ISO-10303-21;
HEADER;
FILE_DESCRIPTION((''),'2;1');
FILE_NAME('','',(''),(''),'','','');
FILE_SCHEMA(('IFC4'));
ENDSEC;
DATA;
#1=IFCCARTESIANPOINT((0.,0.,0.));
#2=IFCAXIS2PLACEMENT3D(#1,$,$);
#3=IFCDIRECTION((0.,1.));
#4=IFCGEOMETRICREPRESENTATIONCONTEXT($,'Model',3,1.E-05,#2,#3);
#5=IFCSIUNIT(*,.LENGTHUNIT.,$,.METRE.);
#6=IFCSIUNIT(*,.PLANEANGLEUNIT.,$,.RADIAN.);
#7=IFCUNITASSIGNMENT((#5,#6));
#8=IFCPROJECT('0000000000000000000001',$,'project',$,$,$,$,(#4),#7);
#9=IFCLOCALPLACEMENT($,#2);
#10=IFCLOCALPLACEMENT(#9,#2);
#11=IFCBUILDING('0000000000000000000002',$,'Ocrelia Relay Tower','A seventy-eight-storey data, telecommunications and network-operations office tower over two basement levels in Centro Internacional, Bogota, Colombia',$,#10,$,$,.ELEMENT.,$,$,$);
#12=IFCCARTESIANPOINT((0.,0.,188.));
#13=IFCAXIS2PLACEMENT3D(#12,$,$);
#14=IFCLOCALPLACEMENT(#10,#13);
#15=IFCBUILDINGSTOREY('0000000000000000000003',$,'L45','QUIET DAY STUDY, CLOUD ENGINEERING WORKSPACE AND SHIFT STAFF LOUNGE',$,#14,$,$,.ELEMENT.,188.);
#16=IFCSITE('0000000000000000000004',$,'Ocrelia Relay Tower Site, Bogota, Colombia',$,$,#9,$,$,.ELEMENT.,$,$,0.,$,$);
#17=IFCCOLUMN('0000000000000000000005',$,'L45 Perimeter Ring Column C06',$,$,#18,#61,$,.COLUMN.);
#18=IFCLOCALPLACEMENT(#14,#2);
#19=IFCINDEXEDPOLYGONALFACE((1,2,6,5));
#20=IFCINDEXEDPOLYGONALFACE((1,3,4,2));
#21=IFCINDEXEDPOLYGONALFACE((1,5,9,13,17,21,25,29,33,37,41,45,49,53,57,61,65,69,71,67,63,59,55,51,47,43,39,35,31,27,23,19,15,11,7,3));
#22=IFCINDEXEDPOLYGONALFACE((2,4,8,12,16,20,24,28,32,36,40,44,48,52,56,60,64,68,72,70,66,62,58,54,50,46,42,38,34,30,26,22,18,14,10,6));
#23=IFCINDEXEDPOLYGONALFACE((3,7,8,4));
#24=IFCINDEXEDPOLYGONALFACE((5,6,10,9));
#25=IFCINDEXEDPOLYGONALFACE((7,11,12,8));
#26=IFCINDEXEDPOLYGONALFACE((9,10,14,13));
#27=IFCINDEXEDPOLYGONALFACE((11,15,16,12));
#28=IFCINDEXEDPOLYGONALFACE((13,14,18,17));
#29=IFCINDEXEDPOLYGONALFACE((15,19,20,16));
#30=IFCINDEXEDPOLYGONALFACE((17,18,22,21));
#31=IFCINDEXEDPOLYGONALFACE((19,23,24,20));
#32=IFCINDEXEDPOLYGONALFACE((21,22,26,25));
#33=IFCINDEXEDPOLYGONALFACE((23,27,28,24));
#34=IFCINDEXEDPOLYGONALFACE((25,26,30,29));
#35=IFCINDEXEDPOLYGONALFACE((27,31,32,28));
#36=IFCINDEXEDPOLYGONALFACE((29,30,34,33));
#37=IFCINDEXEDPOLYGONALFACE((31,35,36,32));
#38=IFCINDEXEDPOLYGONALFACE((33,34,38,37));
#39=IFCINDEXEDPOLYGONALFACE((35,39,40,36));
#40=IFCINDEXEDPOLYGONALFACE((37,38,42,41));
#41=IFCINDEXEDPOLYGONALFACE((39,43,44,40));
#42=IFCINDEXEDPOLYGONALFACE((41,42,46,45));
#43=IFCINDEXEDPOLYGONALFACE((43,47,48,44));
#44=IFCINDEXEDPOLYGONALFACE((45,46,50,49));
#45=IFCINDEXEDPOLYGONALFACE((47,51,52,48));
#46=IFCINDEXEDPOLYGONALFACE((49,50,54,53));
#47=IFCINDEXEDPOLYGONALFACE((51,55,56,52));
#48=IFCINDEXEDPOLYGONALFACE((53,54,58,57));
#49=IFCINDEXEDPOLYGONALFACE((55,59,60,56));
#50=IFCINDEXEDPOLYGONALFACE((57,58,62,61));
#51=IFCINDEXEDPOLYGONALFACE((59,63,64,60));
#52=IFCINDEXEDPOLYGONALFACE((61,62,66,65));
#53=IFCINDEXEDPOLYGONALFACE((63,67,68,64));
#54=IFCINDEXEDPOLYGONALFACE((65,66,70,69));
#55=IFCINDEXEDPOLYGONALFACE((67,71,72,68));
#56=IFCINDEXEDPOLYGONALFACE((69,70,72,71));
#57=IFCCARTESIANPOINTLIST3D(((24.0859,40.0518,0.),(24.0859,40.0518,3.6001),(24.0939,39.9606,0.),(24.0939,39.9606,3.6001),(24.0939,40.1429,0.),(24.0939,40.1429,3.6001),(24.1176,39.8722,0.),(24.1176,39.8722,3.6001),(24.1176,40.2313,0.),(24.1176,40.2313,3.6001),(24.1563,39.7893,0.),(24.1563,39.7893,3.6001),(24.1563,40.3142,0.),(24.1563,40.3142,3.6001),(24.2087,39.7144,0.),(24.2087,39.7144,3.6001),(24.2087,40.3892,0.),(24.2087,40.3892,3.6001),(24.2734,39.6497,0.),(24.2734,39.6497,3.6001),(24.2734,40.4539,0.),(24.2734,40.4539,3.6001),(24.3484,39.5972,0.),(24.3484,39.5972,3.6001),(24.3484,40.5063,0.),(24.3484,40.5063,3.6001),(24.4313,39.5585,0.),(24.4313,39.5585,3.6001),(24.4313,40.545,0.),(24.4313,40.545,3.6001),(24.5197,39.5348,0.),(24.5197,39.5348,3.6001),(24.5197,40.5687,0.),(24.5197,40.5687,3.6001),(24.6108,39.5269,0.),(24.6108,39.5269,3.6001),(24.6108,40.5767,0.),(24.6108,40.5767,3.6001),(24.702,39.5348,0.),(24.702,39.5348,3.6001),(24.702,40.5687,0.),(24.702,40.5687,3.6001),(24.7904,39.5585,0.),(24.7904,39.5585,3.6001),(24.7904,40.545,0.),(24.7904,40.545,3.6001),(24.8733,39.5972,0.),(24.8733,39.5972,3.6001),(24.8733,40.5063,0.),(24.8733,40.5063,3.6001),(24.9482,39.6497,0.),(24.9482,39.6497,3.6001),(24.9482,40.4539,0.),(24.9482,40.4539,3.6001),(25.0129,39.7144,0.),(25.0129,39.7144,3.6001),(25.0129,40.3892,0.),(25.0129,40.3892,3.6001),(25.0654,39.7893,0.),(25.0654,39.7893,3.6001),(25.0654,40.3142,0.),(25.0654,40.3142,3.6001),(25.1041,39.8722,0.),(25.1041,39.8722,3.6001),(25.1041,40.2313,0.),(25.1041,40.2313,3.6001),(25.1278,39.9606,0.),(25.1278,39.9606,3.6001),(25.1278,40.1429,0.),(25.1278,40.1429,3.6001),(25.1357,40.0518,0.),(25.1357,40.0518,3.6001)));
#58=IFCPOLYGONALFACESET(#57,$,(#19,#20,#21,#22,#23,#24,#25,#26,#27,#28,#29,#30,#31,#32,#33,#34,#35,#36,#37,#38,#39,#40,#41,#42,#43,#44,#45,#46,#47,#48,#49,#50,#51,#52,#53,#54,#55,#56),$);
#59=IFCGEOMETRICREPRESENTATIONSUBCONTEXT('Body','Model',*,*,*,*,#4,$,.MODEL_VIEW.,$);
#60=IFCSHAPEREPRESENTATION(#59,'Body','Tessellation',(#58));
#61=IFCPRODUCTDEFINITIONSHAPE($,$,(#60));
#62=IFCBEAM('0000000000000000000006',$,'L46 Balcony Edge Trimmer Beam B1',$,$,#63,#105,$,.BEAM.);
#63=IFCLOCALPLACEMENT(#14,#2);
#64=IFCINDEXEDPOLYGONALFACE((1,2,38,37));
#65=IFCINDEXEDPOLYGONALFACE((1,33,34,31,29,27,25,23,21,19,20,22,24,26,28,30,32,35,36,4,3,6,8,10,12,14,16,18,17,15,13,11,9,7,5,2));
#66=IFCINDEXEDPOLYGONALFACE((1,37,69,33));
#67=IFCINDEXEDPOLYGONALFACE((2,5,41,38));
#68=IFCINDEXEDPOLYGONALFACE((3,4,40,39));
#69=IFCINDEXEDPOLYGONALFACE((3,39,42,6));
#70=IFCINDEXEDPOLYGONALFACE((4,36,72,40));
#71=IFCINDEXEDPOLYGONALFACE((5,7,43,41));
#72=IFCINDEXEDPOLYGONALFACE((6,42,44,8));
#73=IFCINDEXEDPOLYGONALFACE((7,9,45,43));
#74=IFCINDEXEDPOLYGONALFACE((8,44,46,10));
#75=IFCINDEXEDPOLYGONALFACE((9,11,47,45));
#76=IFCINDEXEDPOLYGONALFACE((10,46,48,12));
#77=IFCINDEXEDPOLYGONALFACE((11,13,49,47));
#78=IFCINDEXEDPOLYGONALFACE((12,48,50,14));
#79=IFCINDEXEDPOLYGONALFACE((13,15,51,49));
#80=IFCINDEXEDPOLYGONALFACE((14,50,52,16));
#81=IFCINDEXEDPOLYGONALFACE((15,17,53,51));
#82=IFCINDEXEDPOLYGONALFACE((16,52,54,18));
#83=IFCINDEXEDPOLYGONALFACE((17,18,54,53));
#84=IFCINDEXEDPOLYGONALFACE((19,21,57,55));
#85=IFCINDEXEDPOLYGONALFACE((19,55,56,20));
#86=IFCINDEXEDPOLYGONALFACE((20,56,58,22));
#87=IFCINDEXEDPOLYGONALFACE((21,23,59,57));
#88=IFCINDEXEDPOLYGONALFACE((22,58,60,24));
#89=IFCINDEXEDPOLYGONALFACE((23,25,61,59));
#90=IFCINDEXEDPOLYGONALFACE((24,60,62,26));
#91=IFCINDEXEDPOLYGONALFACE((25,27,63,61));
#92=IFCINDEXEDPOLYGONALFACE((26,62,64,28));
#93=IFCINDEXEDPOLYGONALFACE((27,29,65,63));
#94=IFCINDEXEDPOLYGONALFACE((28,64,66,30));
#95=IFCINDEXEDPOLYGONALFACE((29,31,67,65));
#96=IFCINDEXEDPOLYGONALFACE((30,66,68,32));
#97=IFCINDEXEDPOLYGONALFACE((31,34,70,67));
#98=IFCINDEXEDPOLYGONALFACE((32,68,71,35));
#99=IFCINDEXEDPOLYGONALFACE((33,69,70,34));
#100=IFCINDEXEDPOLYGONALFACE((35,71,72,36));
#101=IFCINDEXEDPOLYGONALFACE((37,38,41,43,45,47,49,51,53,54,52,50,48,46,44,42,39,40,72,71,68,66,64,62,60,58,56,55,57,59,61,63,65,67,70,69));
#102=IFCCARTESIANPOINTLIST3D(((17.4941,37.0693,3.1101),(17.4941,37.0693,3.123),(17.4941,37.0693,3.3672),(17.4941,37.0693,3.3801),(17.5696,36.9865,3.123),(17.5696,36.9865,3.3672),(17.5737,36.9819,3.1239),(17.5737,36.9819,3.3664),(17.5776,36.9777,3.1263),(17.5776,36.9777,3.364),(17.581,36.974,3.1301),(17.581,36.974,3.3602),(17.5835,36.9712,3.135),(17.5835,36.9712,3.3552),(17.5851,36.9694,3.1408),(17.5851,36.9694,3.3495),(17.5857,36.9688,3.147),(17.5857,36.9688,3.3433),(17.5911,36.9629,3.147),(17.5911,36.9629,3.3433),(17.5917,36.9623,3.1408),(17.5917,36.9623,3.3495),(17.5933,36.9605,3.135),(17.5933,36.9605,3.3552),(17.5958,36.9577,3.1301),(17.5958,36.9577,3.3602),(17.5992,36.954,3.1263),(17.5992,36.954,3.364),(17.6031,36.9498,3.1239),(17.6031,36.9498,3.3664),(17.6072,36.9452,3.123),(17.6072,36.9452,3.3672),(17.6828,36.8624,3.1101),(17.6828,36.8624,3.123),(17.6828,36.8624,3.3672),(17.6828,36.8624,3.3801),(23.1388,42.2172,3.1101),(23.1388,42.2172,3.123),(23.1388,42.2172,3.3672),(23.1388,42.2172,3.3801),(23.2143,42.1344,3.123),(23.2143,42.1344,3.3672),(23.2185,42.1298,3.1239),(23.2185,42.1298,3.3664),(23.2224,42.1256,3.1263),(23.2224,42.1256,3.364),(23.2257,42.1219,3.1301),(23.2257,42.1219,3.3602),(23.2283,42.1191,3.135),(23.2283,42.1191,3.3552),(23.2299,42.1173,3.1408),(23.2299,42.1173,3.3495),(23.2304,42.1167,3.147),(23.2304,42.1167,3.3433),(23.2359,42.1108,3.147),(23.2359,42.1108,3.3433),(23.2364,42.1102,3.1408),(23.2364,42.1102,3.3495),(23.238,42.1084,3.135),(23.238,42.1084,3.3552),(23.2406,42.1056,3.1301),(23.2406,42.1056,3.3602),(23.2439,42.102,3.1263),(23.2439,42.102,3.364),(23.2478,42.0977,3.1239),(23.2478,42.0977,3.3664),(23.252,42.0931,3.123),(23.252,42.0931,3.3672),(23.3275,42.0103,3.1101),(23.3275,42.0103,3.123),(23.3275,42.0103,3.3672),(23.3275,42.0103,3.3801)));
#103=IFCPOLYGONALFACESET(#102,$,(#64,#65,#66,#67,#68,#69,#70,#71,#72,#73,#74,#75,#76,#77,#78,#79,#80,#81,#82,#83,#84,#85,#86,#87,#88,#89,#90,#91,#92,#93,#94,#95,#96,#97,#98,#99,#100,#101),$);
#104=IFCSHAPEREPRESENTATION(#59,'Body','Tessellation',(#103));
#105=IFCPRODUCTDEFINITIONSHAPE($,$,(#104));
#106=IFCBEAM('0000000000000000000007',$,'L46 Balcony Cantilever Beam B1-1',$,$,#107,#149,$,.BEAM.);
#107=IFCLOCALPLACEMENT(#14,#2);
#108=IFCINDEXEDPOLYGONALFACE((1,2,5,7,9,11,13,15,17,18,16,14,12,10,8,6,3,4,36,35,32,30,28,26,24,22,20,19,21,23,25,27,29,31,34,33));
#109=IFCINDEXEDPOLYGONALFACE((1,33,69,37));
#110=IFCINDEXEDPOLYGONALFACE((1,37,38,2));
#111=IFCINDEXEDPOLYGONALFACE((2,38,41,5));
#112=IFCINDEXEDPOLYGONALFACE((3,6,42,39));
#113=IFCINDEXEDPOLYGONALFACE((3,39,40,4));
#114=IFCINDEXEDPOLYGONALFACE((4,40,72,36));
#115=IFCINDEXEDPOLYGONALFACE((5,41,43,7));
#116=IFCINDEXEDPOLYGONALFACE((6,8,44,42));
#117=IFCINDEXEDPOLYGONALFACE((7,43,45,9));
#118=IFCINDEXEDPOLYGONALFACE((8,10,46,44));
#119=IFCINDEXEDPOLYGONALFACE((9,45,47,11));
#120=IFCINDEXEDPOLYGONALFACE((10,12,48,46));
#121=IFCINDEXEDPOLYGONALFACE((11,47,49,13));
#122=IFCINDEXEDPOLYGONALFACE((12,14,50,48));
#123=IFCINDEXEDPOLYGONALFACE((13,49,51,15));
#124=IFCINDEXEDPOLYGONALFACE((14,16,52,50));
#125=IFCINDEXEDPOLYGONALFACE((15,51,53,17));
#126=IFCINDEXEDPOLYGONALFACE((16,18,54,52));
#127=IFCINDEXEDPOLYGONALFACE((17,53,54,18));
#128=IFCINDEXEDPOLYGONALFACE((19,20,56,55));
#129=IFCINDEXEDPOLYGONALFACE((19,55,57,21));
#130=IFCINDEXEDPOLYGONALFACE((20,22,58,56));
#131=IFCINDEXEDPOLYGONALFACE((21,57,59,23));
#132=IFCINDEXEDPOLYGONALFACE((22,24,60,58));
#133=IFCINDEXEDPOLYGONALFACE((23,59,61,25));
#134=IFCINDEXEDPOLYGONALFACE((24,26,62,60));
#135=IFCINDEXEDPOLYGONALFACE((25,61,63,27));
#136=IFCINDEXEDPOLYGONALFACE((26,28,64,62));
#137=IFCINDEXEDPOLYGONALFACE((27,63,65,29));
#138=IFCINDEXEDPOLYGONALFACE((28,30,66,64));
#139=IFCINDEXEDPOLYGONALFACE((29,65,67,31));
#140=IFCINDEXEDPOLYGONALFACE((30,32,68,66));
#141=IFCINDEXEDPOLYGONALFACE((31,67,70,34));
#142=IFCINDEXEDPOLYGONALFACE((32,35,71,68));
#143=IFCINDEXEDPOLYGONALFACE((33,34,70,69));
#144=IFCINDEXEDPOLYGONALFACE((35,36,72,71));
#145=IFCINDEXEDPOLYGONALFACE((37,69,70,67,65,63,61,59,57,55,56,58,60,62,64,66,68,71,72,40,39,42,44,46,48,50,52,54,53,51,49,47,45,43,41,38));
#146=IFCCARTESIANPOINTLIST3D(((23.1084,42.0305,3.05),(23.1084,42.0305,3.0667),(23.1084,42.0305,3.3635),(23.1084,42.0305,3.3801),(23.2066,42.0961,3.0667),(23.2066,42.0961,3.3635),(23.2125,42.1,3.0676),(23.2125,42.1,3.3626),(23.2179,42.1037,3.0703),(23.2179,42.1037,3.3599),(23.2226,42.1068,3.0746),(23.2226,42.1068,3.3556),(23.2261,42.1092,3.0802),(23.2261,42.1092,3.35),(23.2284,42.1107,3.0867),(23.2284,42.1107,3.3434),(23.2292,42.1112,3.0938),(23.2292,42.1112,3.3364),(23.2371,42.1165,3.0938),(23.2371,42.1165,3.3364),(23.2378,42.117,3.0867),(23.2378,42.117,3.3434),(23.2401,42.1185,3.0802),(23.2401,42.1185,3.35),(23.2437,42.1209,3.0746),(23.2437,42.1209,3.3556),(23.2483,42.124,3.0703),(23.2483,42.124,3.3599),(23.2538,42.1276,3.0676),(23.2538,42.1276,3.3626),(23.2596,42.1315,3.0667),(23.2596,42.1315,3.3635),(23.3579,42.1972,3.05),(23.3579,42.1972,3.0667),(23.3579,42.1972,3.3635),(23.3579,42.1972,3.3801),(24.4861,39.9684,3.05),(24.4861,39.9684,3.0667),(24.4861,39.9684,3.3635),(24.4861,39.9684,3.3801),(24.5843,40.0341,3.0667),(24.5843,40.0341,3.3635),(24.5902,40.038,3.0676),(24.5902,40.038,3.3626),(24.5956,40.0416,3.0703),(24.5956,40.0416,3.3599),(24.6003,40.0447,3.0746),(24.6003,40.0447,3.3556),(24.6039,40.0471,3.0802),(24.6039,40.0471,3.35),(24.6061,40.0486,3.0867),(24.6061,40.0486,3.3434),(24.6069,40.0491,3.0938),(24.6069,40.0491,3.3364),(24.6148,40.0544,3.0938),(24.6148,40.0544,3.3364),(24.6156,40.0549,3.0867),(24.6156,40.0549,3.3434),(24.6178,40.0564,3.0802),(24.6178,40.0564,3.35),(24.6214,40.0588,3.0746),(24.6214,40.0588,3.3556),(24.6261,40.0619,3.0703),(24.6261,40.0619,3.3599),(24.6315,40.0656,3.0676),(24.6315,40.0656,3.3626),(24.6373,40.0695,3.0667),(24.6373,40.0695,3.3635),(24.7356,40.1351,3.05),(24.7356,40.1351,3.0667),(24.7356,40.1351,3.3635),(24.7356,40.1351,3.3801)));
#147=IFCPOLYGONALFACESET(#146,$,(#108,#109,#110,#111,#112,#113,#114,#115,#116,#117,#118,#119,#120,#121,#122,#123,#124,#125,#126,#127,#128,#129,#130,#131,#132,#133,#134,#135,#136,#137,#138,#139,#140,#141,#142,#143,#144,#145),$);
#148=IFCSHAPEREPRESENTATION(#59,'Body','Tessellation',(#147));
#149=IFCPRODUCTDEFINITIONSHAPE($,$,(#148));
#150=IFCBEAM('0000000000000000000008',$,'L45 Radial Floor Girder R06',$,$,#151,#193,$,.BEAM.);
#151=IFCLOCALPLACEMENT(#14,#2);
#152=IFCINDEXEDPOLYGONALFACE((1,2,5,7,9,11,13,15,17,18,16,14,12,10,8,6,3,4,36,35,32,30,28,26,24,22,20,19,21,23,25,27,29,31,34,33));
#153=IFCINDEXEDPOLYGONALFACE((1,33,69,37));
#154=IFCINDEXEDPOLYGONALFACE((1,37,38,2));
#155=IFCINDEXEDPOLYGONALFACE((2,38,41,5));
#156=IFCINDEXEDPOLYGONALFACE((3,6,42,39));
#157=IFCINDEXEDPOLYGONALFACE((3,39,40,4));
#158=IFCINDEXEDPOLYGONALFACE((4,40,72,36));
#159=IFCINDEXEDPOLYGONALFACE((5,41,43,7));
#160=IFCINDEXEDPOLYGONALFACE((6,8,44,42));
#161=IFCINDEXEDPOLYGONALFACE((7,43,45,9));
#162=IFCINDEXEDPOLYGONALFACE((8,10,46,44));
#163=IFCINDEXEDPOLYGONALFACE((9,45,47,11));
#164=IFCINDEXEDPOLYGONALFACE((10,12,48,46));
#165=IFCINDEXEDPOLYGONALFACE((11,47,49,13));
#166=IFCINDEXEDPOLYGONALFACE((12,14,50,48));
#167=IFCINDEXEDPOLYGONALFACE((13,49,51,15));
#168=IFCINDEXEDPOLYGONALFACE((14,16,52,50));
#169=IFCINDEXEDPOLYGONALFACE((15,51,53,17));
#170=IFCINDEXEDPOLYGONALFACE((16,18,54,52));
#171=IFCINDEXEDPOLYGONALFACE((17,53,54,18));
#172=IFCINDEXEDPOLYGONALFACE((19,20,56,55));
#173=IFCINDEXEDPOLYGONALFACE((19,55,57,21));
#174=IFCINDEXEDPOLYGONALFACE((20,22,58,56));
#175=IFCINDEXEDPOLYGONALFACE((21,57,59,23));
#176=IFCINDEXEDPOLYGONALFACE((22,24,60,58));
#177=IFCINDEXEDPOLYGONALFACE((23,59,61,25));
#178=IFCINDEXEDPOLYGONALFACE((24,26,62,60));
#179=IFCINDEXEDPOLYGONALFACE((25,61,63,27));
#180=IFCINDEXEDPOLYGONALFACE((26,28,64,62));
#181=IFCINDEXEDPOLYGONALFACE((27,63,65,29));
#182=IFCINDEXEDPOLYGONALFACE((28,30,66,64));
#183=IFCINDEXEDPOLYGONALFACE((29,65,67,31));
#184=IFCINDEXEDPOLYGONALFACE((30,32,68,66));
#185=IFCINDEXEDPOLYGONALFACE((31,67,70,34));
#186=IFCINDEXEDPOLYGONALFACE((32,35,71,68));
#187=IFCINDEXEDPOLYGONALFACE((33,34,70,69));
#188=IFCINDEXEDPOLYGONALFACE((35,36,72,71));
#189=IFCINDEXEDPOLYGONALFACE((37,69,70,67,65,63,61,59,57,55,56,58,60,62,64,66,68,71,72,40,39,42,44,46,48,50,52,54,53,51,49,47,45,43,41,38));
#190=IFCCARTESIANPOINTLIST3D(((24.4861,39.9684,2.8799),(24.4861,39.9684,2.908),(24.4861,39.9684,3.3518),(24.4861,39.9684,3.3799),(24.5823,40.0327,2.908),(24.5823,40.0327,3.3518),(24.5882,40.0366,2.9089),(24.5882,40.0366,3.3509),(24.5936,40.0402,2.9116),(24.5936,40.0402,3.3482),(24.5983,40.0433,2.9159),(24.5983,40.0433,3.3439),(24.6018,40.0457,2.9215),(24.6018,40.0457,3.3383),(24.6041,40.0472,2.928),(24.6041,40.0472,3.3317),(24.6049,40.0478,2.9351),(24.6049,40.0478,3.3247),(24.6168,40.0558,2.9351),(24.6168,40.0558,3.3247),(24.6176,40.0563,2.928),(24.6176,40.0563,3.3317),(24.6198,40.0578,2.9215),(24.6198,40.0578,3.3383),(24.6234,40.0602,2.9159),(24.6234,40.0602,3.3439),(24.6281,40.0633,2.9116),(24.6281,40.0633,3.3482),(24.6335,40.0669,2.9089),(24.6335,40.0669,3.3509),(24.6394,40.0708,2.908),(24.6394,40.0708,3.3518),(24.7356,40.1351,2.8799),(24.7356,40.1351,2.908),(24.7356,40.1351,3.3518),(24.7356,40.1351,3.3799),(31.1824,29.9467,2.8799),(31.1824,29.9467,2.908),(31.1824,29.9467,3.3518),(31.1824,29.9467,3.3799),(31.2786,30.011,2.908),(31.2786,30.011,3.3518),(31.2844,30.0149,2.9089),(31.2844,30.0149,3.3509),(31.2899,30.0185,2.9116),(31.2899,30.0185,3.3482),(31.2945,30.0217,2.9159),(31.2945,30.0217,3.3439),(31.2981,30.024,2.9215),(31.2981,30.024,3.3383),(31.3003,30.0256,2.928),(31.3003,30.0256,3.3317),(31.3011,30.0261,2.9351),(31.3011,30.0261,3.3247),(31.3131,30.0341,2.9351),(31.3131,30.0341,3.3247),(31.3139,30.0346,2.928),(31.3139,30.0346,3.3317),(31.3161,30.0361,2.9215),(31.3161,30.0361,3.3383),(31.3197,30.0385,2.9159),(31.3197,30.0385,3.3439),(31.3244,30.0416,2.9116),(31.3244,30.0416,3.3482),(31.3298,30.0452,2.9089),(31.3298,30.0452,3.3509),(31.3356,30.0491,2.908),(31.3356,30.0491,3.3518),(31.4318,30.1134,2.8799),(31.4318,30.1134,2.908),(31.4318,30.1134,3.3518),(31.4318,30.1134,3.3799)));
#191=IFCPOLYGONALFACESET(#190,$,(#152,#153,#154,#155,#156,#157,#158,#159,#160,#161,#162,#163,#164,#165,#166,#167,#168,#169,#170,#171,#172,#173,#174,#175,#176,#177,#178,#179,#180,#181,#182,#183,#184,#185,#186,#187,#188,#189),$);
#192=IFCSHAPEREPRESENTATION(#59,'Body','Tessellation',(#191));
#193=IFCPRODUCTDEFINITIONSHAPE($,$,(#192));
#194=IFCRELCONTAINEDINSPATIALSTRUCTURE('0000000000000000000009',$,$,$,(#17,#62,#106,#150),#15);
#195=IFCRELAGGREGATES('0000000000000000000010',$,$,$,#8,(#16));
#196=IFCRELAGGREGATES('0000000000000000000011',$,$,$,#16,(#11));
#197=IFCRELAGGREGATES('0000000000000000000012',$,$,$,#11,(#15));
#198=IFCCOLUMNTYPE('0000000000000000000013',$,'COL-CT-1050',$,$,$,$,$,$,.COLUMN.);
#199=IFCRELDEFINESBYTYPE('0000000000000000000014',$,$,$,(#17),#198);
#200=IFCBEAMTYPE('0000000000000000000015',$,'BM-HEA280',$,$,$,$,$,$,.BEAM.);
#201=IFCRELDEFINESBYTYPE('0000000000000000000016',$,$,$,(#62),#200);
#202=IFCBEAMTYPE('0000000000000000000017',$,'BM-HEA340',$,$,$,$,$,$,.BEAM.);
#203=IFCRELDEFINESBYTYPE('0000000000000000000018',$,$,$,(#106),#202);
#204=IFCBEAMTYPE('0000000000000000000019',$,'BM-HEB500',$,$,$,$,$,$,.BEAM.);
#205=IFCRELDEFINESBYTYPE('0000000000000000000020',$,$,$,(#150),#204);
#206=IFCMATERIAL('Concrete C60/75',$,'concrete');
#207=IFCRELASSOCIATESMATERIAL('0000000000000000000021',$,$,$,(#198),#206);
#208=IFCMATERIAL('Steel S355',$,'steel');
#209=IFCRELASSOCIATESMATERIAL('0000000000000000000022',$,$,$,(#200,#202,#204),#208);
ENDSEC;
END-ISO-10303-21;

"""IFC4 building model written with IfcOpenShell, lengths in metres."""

from ifc_helpers import new_model, si_unit, direction, frame, origin, origin_2d, place, context, subcontext, project, spatial, circle, i_section, extrude, material, material_profile, profile_set, type_object, element, save


model = new_model("IFC4")

# Units and contexts
model_context = context("Model", 3, precision=1e-05, world=origin(), true_north=direction((0.0, 1.0)))
body_context = subcontext(model_context, "Body", "Model", "MODEL_VIEW")
ifc_project = project(units=[si_unit("LENGTHUNIT", "METRE"), si_unit("PLANEANGLEUNIT", "RADIAN")], contexts=[model_context])

# Site, building, storey
site_placement = place(None, origin())
site = spatial("IfcSite", under=ifc_project, at=site_placement, Name="Ocrelia Relay Tower Site, Bogota, Colombia", CompositionType="ELEMENT", RefElevation=0.0)
building_placement = place(site_placement, origin())
building = spatial("IfcBuilding", under=site, at=building_placement, Name="Ocrelia Relay Tower", Description="A seventy-eight-storey data, telecommunications and network-operations office tower over two basement levels in Centro Internacional, Bogota, Colombia", CompositionType="ELEMENT")
storey_placement = place(building_placement, frame((0.0, 0.0, 188.0)))
storey = spatial("IfcBuildingStorey", under=building, at=storey_placement, Name="L45", Description="QUIET DAY STUDY, CLOUD ENGINEERING WORKSPACE AND SHIFT STAFF LOUNGE", CompositionType="ELEMENT", Elevation=188.0)

# Column
ifc_material_1 = material(Name="Concrete C60/75", Category="concrete")
ifc_material_profile_1 = material_profile(ifc_material_1, circle(Radius=0.5249, at=origin_2d()), Name="RC-CIR-1050")
ifc_profile_set_1 = profile_set([ifc_material_profile_1], Name="Concrete C60/75")
column_type = type_object("IfcColumnType", Name="COL-CT-1050", PredefinedType="COLUMN", material=ifc_profile_set_1)
column_placement = place(storey_placement, frame((24.6108, 40.0518, 0.0), z_axis=(0.0, 0.0, 1.0), x_axis=(1.0, 0.0, 0.0)))
element("IfcColumn", 1, at=column_placement, inside=storey, type_object=column_type, Name="L45 Perimeter Ring Column C06", PredefinedType="COLUMN", context=body_context, shape_type="SweptSolid", body=[
    extrude(circle(Radius=0.5249, at=origin_2d()), origin(), (0.0, 0.0, 1.0), 3.6001),
])

# Beams
ifc_material_2 = material(Name="Steel S355", Category="steel")
ifc_material_profile_2 = material_profile(ifc_material_2, i_section(OverallWidth=0.28, OverallDepth=0.27, WebThickness=0.0081, FlangeThickness=0.0129, FilletRadius=0.0239, at=origin_2d()), Name="HEA 280")
ifc_profile_set_2 = profile_set([ifc_material_profile_2], Name="Steel S355")
beam_type_1 = type_object("IfcBeamType", Name="BM-HEA280", PredefinedType="BEAM", material=ifc_profile_set_2)
beam_1_placement = place(storey_placement, frame((23.2332, 42.1138, 3.2451), z_axis=(-0.738875, -0.673843, 0.0), x_axis=(0.673843, -0.738875, 0.0)))
element("IfcBeam", 2, at=beam_1_placement, inside=storey, type_object=beam_type_1, Name="L46 Balcony Edge Trimmer Beam B1", PredefinedType="BEAM", context=body_context, shape_type="SweptSolid", body=[
    extrude(i_section(OverallWidth=0.28, OverallDepth=0.27, WebThickness=0.0081, FlangeThickness=0.0129, FilletRadius=0.0239, at=origin_2d()), origin(), (0.0, 0.0, 1.0), 7.6396),
])
ifc_material_profile_3 = material_profile(ifc_material_2, i_section(OverallWidth=0.3, OverallDepth=0.3301, WebThickness=0.0095, FlangeThickness=0.0166, FilletRadius=0.0271, at=origin_2d()), Name="HEA 340")
ifc_profile_set_3 = profile_set([ifc_material_profile_3], Name="Steel S355")
beam_type_2 = type_object("IfcBeamType", Name="BM-HEA340", PredefinedType="BEAM", material=ifc_profile_set_3)
beam_2_placement = place(storey_placement, frame((24.6108, 40.0518, 3.2151), z_axis=(-0.555541, 0.831489, 0.0), x_axis=(-0.831489, -0.555541, 0.0)))
element("IfcBeam", 3, at=beam_2_placement, inside=storey, type_object=beam_type_2, Name="L46 Balcony Cantilever Beam B1-1", PredefinedType="BEAM", context=body_context, shape_type="SweptSolid", body=[
    extrude(i_section(OverallWidth=0.3, OverallDepth=0.3301, WebThickness=0.0095, FlangeThickness=0.0166, FilletRadius=0.0271, at=origin_2d()), origin(), (0.0, 0.0, 1.0), 2.48),
])
ifc_material_profile_4 = material_profile(ifc_material_2, i_section(OverallWidth=0.3, OverallDepth=0.5, WebThickness=0.0144, FlangeThickness=0.0281, FilletRadius=0.0271, at=origin_2d()), Name="HEB 500")
ifc_profile_set_4 = profile_set([ifc_material_profile_4], Name="Steel S355")
beam_type_3 = type_object("IfcBeamType", Name="BM-HEB500", PredefinedType="BEAM", material=ifc_profile_set_4)
beam_3_placement = place(storey_placement, frame((24.6108, 40.0518, 3.1299), z_axis=(0.555569, -0.83147, 0.0), x_axis=(0.83147, 0.555569, 0.0)))
element("IfcBeam", 4, at=beam_3_placement, inside=storey, type_object=beam_type_3, Name="L45 Radial Floor Girder R06", PredefinedType="BEAM", context=body_context, shape_type="SweptSolid", body=[
    extrude(i_section(OverallWidth=0.3, OverallDepth=0.5, WebThickness=0.0144, FlangeThickness=0.0281, FilletRadius=0.0271, at=origin_2d()), origin(), (0.0, 0.0, 1.0), 12.053),
])

save(model, "model.ifc")
